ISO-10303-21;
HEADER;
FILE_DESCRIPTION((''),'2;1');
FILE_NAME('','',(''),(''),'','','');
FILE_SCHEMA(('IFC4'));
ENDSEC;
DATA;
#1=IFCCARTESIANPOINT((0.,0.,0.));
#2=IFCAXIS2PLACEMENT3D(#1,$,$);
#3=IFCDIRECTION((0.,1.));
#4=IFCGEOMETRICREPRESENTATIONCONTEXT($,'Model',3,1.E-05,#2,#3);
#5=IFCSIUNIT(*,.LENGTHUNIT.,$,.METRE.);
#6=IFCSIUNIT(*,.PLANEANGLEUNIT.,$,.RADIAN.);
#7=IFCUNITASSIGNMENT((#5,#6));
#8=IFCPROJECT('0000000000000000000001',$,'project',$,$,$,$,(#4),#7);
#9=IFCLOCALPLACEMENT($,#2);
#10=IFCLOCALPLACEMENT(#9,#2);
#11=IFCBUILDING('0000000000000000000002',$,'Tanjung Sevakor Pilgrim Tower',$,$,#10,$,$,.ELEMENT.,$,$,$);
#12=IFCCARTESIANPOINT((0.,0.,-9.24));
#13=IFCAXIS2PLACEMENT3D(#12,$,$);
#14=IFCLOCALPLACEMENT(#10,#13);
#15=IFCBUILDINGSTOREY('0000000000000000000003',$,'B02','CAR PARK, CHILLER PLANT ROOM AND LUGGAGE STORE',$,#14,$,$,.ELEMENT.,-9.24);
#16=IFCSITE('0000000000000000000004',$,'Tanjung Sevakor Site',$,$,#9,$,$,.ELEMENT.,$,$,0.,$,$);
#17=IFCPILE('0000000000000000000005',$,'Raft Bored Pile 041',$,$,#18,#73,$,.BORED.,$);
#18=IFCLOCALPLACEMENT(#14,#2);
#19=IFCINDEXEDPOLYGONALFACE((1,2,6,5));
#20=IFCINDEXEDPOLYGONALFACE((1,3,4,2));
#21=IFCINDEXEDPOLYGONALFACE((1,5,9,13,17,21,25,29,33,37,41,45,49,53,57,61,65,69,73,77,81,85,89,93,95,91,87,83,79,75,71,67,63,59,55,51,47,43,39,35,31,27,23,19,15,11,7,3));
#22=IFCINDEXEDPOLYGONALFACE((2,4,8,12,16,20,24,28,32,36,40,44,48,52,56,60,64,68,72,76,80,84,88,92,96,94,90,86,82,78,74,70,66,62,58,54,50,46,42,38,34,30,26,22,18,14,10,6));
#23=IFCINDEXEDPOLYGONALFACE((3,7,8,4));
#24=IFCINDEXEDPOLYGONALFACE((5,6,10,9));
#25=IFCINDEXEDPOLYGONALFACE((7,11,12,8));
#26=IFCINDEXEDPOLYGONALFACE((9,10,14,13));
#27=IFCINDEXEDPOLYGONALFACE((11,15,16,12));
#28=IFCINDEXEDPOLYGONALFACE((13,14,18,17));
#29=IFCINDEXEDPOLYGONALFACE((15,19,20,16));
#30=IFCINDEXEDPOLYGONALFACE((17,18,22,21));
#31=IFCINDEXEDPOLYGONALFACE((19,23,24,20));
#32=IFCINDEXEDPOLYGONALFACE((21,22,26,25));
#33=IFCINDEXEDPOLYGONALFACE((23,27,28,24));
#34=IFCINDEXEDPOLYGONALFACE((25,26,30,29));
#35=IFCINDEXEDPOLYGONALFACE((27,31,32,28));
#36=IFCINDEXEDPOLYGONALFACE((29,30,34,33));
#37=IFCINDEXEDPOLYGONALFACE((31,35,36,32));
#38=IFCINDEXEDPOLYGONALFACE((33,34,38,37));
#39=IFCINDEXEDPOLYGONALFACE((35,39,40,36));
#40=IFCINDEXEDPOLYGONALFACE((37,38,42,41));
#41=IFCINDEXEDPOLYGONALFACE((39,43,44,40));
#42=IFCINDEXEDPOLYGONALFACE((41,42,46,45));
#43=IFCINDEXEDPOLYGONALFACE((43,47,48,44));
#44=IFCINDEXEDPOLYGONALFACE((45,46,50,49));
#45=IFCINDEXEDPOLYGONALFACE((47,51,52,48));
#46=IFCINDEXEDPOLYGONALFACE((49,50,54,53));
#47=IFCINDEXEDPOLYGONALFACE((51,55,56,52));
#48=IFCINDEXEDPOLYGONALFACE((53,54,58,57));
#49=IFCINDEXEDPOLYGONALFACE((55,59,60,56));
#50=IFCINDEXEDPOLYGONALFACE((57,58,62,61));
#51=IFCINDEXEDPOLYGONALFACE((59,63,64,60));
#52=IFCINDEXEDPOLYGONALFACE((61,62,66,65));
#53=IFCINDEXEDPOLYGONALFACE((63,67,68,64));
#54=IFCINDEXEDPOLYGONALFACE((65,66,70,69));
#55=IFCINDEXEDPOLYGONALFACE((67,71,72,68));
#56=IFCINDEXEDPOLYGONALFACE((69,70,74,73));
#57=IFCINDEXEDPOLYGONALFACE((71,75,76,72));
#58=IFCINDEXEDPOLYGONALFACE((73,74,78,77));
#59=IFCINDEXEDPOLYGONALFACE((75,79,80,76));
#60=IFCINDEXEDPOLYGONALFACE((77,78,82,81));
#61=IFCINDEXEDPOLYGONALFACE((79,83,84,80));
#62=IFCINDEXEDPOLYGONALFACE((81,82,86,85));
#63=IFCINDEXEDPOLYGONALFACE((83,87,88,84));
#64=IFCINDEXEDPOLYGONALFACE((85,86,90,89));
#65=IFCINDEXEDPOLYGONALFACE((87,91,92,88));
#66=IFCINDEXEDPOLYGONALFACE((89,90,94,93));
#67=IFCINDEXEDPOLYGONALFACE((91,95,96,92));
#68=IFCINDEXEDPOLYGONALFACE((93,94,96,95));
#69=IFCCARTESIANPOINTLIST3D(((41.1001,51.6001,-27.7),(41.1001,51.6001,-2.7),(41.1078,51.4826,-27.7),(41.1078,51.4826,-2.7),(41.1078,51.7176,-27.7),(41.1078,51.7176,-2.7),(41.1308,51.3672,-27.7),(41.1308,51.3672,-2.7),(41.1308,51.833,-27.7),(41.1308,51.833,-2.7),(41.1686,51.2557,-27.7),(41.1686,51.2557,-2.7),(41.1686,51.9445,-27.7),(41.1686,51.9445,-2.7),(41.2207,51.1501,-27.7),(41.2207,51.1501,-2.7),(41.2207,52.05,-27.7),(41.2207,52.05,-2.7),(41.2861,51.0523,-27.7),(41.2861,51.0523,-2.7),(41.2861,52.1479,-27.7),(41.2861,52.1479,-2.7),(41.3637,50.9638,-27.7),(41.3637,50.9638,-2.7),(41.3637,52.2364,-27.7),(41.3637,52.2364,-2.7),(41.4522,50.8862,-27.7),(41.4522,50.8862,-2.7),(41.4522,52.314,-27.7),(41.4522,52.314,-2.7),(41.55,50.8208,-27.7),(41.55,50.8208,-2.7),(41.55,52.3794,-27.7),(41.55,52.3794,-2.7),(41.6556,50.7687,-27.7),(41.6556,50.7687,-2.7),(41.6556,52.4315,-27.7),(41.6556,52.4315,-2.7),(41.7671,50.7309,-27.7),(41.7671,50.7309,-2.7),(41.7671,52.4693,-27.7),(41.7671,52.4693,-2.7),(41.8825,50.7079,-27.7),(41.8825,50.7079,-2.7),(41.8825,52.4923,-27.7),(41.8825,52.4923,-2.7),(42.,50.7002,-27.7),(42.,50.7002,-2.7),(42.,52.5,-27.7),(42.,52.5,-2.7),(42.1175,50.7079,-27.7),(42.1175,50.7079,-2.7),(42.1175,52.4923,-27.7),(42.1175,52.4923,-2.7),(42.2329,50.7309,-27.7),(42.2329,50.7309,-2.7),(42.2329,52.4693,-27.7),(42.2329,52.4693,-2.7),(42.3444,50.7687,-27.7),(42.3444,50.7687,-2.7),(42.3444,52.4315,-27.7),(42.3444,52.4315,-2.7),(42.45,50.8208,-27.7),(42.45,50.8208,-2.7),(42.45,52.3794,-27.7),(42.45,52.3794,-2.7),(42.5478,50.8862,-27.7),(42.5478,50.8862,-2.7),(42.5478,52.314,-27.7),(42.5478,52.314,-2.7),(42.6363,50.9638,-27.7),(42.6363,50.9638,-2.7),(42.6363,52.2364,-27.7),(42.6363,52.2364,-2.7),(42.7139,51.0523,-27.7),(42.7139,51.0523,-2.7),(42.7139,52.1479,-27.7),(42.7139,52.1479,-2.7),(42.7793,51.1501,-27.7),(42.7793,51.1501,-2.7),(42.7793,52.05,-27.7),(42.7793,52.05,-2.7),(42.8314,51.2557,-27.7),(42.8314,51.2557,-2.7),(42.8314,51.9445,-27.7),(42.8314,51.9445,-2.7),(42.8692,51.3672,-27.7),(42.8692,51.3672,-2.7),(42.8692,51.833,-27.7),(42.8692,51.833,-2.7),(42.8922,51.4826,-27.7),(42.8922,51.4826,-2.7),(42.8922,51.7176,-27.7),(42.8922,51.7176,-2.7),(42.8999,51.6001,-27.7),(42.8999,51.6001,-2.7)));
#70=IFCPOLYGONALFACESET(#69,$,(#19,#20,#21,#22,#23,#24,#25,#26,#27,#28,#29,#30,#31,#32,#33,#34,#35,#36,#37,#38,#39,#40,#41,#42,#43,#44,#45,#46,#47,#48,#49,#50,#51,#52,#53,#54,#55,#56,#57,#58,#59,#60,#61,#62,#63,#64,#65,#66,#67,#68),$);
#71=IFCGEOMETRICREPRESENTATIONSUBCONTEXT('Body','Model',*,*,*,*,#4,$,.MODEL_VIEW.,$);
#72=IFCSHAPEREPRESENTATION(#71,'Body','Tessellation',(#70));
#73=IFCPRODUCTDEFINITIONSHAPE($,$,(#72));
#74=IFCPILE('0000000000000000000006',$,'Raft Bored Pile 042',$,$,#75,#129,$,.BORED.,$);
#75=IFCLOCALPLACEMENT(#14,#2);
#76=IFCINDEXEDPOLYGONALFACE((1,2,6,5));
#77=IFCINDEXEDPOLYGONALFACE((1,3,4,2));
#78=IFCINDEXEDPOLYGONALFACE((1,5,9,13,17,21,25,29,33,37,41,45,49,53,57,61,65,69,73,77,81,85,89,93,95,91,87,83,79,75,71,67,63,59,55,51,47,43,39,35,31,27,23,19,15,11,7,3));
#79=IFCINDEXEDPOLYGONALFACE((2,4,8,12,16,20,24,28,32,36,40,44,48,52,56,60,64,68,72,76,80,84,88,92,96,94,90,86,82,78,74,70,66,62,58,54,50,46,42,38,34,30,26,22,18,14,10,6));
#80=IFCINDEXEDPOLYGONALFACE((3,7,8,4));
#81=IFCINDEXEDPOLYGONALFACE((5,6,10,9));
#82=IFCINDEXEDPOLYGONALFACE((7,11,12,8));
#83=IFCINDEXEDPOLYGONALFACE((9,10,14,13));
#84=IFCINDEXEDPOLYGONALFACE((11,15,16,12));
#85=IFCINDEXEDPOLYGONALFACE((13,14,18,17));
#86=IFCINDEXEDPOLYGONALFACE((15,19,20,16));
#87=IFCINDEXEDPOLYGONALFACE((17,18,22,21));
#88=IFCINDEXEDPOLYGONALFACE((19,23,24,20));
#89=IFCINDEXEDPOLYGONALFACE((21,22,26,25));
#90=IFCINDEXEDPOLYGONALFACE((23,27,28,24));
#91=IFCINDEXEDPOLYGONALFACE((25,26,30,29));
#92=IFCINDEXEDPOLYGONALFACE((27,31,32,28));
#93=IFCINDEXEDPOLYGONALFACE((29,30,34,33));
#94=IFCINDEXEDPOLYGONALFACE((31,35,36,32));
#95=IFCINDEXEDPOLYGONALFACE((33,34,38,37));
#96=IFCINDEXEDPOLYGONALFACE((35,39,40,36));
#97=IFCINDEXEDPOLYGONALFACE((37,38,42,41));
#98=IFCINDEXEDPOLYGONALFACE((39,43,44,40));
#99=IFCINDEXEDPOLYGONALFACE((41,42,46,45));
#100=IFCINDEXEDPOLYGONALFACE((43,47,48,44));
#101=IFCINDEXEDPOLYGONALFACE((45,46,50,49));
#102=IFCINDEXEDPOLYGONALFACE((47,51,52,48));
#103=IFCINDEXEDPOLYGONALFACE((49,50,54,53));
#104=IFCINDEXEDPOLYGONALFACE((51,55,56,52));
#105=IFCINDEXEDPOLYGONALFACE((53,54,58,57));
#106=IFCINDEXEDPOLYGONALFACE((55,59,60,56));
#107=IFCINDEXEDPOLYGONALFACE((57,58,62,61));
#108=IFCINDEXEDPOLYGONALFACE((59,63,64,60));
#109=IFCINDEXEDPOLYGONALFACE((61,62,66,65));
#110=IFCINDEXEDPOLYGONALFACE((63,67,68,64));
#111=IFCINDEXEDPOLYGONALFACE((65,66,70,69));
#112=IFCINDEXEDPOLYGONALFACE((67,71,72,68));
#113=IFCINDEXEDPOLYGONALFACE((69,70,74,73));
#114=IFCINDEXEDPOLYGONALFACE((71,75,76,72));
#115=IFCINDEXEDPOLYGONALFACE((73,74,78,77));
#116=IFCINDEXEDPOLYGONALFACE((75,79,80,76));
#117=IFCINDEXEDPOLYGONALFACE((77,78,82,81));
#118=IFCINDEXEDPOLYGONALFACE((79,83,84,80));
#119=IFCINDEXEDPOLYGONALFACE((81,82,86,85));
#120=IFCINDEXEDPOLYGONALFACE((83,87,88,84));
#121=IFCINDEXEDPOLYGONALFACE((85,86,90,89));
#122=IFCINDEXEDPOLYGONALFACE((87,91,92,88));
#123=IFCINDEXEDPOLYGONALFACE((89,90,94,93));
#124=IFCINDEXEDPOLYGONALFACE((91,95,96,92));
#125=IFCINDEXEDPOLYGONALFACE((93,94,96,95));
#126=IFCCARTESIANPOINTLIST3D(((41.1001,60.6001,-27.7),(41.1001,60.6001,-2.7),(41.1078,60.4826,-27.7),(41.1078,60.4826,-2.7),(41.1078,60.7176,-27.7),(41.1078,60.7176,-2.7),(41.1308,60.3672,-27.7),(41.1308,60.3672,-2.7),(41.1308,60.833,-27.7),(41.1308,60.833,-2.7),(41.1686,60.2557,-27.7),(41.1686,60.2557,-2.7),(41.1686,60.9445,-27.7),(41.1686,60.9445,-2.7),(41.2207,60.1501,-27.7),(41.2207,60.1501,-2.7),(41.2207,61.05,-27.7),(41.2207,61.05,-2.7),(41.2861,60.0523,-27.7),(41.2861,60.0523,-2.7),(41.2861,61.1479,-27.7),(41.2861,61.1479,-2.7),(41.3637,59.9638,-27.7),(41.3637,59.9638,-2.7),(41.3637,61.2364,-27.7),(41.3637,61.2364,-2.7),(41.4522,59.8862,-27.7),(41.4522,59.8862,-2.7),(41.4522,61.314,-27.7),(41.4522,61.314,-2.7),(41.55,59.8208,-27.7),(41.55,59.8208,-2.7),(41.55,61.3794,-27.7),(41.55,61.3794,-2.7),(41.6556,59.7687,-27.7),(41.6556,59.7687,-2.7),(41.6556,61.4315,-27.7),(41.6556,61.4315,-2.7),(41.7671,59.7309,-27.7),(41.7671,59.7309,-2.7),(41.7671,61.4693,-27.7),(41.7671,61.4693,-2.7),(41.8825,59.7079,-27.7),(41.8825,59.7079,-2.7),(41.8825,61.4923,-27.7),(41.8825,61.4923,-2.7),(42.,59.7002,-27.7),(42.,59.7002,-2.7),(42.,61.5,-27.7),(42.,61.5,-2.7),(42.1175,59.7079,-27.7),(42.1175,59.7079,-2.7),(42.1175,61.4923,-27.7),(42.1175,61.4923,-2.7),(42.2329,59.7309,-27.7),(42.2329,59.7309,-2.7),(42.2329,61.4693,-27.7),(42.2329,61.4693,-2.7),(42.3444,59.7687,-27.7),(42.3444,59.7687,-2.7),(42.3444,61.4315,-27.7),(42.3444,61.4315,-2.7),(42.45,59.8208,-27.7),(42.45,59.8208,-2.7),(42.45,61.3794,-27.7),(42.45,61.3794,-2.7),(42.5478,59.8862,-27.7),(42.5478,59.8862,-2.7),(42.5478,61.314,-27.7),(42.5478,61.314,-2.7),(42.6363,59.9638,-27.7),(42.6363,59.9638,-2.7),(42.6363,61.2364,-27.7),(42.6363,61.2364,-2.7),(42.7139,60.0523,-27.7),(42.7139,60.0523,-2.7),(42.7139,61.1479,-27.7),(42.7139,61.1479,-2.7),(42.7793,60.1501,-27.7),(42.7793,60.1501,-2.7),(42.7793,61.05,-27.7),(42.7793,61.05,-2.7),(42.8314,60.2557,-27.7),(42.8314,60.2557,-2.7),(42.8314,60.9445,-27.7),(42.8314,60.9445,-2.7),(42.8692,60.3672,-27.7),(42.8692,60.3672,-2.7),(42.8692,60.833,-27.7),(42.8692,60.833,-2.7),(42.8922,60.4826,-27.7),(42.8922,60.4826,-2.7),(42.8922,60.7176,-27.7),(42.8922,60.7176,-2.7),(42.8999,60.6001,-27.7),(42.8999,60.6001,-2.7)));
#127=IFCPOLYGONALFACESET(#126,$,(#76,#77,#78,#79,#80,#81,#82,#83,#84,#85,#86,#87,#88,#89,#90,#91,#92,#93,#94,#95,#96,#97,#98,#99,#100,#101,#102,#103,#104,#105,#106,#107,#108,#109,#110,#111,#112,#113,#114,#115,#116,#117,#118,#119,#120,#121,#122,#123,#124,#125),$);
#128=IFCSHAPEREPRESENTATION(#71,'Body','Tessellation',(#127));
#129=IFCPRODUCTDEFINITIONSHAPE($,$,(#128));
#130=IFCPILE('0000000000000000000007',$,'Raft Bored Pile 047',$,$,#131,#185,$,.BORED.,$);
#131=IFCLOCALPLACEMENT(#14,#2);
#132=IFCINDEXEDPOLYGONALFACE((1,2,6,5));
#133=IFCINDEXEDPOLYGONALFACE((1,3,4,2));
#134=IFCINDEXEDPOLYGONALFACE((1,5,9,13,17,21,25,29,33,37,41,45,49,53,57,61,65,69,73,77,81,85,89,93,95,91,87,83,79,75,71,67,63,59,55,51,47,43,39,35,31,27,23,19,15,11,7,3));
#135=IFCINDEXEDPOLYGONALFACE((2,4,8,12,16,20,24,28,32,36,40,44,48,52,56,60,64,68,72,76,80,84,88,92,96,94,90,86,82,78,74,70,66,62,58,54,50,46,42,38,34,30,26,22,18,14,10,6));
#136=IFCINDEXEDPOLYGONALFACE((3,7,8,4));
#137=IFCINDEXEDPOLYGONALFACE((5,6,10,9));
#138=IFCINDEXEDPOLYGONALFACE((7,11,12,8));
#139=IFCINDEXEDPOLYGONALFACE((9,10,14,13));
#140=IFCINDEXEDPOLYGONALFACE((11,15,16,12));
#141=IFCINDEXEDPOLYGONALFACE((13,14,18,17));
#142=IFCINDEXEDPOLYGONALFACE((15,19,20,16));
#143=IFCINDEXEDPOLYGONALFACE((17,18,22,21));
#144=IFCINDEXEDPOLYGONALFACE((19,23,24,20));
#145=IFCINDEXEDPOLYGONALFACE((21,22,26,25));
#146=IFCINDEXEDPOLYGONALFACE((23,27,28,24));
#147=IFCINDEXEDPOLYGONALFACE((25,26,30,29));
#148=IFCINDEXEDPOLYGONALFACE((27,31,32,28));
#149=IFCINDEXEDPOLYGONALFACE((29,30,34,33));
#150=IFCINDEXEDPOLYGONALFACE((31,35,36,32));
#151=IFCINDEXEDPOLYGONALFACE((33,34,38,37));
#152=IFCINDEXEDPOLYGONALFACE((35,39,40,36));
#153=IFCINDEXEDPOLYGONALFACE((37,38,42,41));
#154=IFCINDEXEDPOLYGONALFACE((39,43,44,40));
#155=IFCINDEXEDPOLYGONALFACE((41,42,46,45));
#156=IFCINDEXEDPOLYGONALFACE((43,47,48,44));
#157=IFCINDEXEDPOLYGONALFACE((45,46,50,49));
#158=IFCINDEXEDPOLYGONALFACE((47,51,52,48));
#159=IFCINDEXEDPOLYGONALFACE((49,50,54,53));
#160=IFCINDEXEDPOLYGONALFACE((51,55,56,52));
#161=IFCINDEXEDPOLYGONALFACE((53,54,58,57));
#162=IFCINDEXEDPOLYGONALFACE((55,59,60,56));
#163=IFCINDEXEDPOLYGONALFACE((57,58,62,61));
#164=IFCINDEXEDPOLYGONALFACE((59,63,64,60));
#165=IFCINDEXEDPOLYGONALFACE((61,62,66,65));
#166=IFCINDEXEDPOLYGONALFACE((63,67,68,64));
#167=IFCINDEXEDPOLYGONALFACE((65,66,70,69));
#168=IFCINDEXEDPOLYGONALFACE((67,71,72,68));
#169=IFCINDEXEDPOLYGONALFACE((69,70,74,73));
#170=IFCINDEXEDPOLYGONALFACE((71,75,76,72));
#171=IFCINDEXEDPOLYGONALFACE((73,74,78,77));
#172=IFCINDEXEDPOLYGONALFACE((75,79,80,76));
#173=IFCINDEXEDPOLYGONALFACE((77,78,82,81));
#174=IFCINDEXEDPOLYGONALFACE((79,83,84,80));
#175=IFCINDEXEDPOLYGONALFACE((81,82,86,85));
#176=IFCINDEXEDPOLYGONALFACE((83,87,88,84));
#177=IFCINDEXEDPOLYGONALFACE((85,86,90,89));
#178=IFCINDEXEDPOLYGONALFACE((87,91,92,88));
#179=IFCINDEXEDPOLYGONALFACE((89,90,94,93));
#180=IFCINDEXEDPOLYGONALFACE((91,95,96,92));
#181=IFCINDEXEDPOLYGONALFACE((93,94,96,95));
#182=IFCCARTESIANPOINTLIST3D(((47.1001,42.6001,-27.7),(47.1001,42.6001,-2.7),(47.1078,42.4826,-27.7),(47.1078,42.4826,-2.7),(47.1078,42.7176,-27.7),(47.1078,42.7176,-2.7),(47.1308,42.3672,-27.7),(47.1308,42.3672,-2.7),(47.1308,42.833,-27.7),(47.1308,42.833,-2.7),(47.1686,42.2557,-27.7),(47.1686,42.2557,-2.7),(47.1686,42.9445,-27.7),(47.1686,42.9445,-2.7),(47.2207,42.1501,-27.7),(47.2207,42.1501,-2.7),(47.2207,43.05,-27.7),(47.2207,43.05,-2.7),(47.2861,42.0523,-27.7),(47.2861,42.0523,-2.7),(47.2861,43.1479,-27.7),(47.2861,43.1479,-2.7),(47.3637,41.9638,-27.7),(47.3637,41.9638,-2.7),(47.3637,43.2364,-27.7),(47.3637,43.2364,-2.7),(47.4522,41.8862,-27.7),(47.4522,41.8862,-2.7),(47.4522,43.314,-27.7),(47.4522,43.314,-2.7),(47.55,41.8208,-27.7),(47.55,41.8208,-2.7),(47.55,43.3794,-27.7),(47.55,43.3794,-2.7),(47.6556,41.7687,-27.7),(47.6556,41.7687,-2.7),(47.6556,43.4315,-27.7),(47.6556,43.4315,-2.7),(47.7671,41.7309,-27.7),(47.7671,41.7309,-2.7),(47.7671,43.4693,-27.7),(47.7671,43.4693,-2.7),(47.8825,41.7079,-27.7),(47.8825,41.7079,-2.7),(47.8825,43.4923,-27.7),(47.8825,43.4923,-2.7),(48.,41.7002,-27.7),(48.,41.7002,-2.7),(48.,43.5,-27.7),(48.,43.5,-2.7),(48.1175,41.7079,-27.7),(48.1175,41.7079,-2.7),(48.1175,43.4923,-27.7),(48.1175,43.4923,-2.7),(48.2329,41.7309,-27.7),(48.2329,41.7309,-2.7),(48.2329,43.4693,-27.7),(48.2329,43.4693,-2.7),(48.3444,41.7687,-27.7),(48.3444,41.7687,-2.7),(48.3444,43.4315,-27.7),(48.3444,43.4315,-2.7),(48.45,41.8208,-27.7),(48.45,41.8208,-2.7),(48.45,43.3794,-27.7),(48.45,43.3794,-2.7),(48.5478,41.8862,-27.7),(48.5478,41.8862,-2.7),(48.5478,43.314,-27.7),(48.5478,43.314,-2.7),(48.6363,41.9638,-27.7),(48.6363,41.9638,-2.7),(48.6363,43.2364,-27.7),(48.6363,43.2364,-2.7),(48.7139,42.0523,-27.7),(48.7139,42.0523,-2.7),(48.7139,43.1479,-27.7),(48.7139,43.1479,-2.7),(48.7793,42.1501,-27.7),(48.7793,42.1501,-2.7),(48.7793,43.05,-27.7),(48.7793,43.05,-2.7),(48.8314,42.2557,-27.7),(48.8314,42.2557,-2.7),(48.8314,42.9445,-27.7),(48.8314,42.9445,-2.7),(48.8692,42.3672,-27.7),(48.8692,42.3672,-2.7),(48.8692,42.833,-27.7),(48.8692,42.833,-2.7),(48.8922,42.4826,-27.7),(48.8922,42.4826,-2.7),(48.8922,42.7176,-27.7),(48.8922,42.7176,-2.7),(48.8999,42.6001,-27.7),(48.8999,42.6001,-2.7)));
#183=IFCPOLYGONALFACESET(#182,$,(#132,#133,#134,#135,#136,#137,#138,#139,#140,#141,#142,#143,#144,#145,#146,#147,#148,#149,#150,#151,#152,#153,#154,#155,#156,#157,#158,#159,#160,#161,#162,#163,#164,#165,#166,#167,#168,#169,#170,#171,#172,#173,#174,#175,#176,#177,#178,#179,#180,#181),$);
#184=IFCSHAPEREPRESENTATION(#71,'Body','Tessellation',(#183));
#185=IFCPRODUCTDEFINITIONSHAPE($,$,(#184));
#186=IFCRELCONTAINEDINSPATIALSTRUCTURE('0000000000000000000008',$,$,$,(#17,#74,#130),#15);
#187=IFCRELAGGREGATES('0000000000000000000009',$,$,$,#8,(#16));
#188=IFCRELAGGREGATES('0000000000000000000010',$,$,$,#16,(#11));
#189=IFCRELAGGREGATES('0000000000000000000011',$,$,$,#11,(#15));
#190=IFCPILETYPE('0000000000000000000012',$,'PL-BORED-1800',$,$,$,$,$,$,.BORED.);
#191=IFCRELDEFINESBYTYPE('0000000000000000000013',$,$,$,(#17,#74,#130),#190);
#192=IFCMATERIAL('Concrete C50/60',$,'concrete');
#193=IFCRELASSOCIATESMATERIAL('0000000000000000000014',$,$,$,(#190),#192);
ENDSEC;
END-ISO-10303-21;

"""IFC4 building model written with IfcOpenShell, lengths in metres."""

from ifc_helpers import new_model, si_unit, direction, frame, origin, origin_2d, place, context, subcontext, project, spatial, circle, extrude, material, material_profile, profile_set, type_object, element, save


model = new_model("IFC4")

# Units and contexts
model_context = context("Model", 3, precision=1e-05, world=origin(), true_north=direction((0.0, 1.0)))
body_context = subcontext(model_context, "Body", "Model", "MODEL_VIEW")
ifc_project = project(units=[si_unit("LENGTHUNIT", "METRE"), si_unit("PLANEANGLEUNIT", "RADIAN")], contexts=[model_context])

# Site, building, storey
site_placement = place(None, origin())
site = spatial("IfcSite", under=ifc_project, at=site_placement, Name="Tanjung Sevakor Site", CompositionType="ELEMENT", RefElevation=0.0)
building_placement = place(site_placement, origin())
building = spatial("IfcBuilding", under=site, at=building_placement, Name="Tanjung Sevakor Pilgrim Tower", CompositionType="ELEMENT")
storey_placement = place(building_placement, frame((0.0, 0.0, -9.24)))
storey = spatial("IfcBuildingStorey", under=building, at=storey_placement, Name="B02", Description="CAR PARK, CHILLER PLANT ROOM AND LUGGAGE STORE", CompositionType="ELEMENT", Elevation=-9.24)

# Piles
ifc_material_1 = material(Name="Concrete C50/60", Category="concrete")
ifc_material_profile_1 = material_profile(ifc_material_1, circle(Radius=0.8999, at=origin_2d()))
ifc_profile_set_1 = profile_set([ifc_material_profile_1], Name="Concrete C50/60")
pile_type = type_object("IfcPileType", Name="PL-BORED-1800", PredefinedType="BORED", material=ifc_profile_set_1)
for number, where, z_axis, x_axis, name in (
    (1, (42.0, 51.6001, -2.7), (0.0, 0.0, -1.0), (1.0, 0.0, 0.0), "Raft Bored Pile 041"),
    (2, (42.0, 60.6001, -2.7), (0.0, 0.0, -1.0), (1.0, 0.0, 0.0), "Raft Bored Pile 042"),
    (3, (48.0, 42.6001, -2.7), (0.0, 0.0, -1.0), (1.0, 0.0, 0.0), "Raft Bored Pile 047"),
):
    element("IfcPile", number, at=place(storey_placement, frame(where, z_axis=z_axis, x_axis=x_axis)), inside=storey, type_object=pile_type, Name=name, PredefinedType="BORED", context=body_context, shape_type="SweptSolid", body=[
        extrude(circle(Radius=0.8999, at=origin_2d()), origin(), (0.0, 0.0, 1.0), 25.0),
    ])

save(model, "model.ifc")
